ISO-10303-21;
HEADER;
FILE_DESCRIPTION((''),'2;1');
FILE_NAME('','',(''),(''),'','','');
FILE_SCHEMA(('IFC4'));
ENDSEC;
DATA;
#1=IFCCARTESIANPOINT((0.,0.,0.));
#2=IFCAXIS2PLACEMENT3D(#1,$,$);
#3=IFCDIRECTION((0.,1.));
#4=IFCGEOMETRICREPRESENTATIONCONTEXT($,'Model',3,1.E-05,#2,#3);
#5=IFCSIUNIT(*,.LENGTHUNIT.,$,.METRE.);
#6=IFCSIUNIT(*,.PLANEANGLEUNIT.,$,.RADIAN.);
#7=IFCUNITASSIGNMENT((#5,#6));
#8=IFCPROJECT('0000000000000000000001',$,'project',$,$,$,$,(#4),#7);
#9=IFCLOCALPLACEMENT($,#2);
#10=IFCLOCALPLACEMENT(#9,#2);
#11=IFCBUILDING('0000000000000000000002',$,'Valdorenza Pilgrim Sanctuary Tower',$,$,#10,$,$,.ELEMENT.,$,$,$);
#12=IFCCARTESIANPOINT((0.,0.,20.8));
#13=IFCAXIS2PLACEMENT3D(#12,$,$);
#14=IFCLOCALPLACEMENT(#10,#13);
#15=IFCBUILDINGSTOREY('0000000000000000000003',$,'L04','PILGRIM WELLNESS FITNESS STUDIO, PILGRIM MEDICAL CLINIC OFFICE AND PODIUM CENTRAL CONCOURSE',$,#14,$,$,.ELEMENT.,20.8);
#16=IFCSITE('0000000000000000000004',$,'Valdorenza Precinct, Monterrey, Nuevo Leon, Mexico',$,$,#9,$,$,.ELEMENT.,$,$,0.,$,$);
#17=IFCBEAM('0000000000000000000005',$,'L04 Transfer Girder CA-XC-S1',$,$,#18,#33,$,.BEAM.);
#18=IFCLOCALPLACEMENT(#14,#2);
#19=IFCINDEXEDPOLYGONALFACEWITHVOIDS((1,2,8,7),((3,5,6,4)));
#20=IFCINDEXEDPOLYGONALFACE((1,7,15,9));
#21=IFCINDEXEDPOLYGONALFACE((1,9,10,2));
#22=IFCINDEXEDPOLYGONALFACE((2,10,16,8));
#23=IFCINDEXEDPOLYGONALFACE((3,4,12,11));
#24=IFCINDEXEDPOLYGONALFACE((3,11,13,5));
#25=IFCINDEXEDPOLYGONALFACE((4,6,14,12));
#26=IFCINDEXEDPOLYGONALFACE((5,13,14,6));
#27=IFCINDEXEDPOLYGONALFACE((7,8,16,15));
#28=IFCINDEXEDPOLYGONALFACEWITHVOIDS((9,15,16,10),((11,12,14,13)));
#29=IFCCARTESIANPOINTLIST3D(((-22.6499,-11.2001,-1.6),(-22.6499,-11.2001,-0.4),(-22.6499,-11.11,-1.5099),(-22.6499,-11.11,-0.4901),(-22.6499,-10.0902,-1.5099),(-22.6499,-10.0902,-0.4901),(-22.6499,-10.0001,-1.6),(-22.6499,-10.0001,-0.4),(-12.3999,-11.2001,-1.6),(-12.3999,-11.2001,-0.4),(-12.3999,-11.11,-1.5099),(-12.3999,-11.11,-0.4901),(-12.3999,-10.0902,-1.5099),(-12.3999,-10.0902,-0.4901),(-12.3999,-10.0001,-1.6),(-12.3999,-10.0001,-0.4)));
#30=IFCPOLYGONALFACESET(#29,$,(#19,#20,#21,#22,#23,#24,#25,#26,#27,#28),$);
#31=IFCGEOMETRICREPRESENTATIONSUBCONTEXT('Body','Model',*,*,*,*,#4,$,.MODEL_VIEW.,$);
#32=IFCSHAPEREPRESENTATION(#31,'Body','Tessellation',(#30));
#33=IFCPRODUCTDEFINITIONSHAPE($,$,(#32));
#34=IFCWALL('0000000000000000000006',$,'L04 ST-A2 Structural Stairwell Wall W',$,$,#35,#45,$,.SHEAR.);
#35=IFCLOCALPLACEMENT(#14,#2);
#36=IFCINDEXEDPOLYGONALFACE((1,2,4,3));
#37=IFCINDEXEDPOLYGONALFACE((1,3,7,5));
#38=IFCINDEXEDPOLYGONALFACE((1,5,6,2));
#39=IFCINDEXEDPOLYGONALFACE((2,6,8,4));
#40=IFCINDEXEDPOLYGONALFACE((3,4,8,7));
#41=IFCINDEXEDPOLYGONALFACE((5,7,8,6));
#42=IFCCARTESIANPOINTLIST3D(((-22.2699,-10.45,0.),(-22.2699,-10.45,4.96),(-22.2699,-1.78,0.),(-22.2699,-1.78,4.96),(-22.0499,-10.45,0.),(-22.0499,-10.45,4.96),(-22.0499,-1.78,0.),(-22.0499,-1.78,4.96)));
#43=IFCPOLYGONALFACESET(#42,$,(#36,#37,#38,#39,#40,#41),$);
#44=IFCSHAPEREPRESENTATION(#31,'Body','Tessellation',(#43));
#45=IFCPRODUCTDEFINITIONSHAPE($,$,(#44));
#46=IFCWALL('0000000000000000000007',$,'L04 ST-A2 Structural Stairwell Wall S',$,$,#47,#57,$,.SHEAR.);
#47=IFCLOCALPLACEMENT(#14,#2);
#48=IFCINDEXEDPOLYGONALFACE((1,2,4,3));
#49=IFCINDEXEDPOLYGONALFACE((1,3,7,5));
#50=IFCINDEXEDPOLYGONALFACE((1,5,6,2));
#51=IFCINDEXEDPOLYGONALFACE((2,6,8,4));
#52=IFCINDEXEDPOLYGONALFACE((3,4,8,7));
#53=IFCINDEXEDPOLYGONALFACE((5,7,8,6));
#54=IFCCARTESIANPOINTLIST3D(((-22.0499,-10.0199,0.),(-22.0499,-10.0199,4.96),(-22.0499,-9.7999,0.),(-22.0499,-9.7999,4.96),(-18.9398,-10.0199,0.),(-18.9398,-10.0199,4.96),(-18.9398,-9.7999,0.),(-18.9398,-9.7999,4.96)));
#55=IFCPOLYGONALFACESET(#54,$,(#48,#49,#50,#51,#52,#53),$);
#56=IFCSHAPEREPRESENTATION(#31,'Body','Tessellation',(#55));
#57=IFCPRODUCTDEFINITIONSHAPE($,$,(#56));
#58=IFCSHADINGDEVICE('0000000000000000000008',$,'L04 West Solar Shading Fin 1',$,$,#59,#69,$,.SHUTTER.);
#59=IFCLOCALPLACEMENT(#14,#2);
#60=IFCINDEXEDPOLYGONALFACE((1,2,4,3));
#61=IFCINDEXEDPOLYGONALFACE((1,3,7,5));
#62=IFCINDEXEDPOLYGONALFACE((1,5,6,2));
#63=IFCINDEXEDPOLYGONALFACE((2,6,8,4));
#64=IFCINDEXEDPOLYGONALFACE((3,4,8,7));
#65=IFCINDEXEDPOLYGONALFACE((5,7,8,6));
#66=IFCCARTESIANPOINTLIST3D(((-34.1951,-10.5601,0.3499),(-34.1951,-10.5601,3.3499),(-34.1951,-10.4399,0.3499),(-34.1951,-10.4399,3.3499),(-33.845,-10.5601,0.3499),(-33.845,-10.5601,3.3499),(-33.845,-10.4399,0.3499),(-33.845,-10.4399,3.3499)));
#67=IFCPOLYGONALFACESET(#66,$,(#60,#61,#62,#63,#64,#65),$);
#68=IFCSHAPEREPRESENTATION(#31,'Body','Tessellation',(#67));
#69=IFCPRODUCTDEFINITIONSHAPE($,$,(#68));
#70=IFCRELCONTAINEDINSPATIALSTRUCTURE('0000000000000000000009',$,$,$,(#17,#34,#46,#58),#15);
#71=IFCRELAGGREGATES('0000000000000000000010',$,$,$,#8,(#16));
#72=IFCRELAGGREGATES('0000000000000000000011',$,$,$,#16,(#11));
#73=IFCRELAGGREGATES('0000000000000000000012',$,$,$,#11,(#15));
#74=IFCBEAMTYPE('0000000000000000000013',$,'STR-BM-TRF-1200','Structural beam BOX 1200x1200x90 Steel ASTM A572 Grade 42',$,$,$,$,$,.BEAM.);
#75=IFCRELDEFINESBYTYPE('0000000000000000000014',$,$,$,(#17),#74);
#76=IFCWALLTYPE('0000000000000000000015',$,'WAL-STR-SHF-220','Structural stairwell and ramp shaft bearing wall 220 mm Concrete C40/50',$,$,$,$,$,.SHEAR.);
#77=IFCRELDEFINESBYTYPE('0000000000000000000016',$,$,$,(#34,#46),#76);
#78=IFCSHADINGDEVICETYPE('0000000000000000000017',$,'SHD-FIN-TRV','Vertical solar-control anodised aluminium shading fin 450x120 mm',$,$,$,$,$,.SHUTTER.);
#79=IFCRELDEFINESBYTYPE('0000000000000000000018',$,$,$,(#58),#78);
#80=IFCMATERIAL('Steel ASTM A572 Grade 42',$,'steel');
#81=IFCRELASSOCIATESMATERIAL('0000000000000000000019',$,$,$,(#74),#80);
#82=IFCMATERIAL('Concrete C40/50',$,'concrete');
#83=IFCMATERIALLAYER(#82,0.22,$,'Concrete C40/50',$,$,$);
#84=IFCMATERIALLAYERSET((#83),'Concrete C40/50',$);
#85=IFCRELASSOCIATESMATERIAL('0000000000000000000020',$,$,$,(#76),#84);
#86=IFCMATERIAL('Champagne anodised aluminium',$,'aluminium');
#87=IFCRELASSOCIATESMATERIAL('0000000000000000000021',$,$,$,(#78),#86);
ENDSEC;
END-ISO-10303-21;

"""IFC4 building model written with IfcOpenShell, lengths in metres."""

from ifc_helpers import new_model, si_unit, direction, frame, frame_2d, origin, origin_2d, place, context, subcontext, project, spatial, rectangle, hollow_rectangle, extrude, source, transform, mapped, material, layer, layer_set, material_profile, profile_set, type_object, element, save


model = new_model("IFC4")

# Units and contexts
model_context = context("Model", 3, precision=1e-05, world=origin(), true_north=direction((0.0, 1.0)))
body_context = subcontext(model_context, "Body", "Model", "MODEL_VIEW")
ifc_project = project(units=[si_unit("LENGTHUNIT", "METRE"), si_unit("PLANEANGLEUNIT", "RADIAN")], contexts=[model_context])

# Site, building, storey
site_placement = place(None, origin())
site = spatial("IfcSite", under=ifc_project, at=site_placement, Name="Valdorenza Precinct, Monterrey, Nuevo Leon, Mexico", CompositionType="ELEMENT", RefElevation=0.0)
building_placement = place(site_placement, origin())
building = spatial("IfcBuilding", under=site, at=building_placement, Name="Valdorenza Pilgrim Sanctuary Tower", CompositionType="ELEMENT")
storey_placement = place(building_placement, frame((0.0, 0.0, 20.8)))
storey = spatial("IfcBuildingStorey", under=building, at=storey_placement, Name="L04", Description="PILGRIM WELLNESS FITNESS STUDIO, PILGRIM MEDICAL CLINIC OFFICE AND PODIUM CENTRAL CONCOURSE", CompositionType="ELEMENT", Elevation=20.8)

# Beam
ifc_material_1 = material(Name="Steel ASTM A572 Grade 42", Category="steel")
ifc_material_profile_1 = material_profile(ifc_material_1, hollow_rectangle(XDim=1.2, YDim=1.2, WallThickness=0.0901, at=origin_2d()), Name="BOX 1200x1200x90")
ifc_profile_set_1 = profile_set([ifc_material_profile_1], Name="Steel ASTM A572 Grade 42")
beam_type_1 = type_object("IfcBeamType", Name="STR-BM-TRF-1200", Description="Structural beam BOX 1200x1200x90 Steel ASTM A572 Grade 42", PredefinedType="BEAM", material=ifc_profile_set_1)
shared_shape_1 = source(origin(), body_context, "Body", "SweptSolid", [
    extrude(hollow_rectangle(XDim=1.2, YDim=1.2, WallThickness=0.0901, at=origin_2d()), origin(), (0.0, 0.0, 1.0), 10.25),
])
beam_1_placement = place(storey_placement, frame((-22.6499, -10.6001, -1.0), z_axis=(1.0, 0.0, 0.0), x_axis=(0.0, 1.0, 0.0)))
element("IfcBeam", 1, at=beam_1_placement, inside=storey, type_object=beam_type_1, Name="L04 Transfer Girder CA-XC-S1", PredefinedType="BEAM", context=body_context, shape_type="MappedRepresentation", body=[
    mapped(shared_shape_1, transform((0.0, 0.0, 0.0), x_axis=(1.0, 0.0, 0.0), y_axis=(0.0, 1.0, 0.0), z_axis=(0.0, 0.0, 1.0), scale=1.0)),
])

# Walls
ifc_material_2 = material(Name="Concrete C40/50", Category="concrete")
ifc_layer = layer(ifc_material_2, 0.22, Name="Concrete C40/50")
ifc_layer_set = layer_set([ifc_layer], Name="Concrete C40/50")
wall_type = type_object("IfcWallType", Name="WAL-STR-SHF-220", Description="Structural stairwell and ramp shaft bearing wall 220 mm Concrete C40/50", PredefinedType="SHEAR", material=ifc_layer_set)
wall_1_placement = place(storey_placement, frame((-22.1599, -10.45, 0.0), z_axis=(0.0, 0.0, 1.0), x_axis=(0.0, 1.0, 0.0)))
element("IfcWall", 2, at=wall_1_placement, inside=storey, type_object=wall_type, Name="L04 ST-A2 Structural Stairwell Wall W", PredefinedType="SHEAR", context=body_context, shape_type="SweptSolid", body=[
    extrude(rectangle(XDim=8.6699, YDim=0.22, at=frame_2d((4.335, 0.0))), origin(), (0.0, 0.0, 1.0), 4.96),
])
wall_2_placement = place(storey_placement, frame((-22.05, -9.9099, 0.0), z_axis=(0.0, 0.0, 1.0), x_axis=(1.0, 0.0, 0.0)))
element("IfcWall", 3, at=wall_2_placement, inside=storey, type_object=wall_type, Name="L04 ST-A2 Structural Stairwell Wall S", PredefinedType="SHEAR", context=body_context, shape_type="SweptSolid", body=[
    extrude(rectangle(XDim=3.1101, YDim=0.22, at=frame_2d((1.5552, 0.0))), origin(), (0.0, 0.0, 1.0), 4.96),
])

# Shading device
ifc_material_3 = material(Name="Champagne anodised aluminium", Category="aluminium")
shading_device_type = type_object("IfcShadingDeviceType", Name="SHD-FIN-TRV", Description="Vertical solar-control anodised aluminium shading fin 450x120 mm", PredefinedType="SHUTTER", material=ifc_material_3)
shared_shape_2 = source(origin(), body_context, "Body", "SweptSolid", [
    extrude(rectangle(XDim=0.3501, YDim=0.1201, at=origin_2d()), origin(), (0.0, 0.0, 1.0), 3.0),
])
shading_device_placement = place(storey_placement, frame((-34.02, -10.5, 0.3499), z_axis=(0.0, 0.0, 1.0), x_axis=(1.0, 0.0, 0.0)))
element("IfcShadingDevice", 4, at=shading_device_placement, inside=storey, type_object=shading_device_type, Name="L04 West Solar Shading Fin 1", PredefinedType="SHUTTER", context=body_context, shape_type="MappedRepresentation", body=[
    mapped(shared_shape_2, transform((0.0, 0.0, 0.0), x_axis=(1.0, 0.0, 0.0), y_axis=(0.0, 1.0, 0.0), z_axis=(0.0, 0.0, 1.0), scale=1.0)),
])

save(model, "model.ifc")
